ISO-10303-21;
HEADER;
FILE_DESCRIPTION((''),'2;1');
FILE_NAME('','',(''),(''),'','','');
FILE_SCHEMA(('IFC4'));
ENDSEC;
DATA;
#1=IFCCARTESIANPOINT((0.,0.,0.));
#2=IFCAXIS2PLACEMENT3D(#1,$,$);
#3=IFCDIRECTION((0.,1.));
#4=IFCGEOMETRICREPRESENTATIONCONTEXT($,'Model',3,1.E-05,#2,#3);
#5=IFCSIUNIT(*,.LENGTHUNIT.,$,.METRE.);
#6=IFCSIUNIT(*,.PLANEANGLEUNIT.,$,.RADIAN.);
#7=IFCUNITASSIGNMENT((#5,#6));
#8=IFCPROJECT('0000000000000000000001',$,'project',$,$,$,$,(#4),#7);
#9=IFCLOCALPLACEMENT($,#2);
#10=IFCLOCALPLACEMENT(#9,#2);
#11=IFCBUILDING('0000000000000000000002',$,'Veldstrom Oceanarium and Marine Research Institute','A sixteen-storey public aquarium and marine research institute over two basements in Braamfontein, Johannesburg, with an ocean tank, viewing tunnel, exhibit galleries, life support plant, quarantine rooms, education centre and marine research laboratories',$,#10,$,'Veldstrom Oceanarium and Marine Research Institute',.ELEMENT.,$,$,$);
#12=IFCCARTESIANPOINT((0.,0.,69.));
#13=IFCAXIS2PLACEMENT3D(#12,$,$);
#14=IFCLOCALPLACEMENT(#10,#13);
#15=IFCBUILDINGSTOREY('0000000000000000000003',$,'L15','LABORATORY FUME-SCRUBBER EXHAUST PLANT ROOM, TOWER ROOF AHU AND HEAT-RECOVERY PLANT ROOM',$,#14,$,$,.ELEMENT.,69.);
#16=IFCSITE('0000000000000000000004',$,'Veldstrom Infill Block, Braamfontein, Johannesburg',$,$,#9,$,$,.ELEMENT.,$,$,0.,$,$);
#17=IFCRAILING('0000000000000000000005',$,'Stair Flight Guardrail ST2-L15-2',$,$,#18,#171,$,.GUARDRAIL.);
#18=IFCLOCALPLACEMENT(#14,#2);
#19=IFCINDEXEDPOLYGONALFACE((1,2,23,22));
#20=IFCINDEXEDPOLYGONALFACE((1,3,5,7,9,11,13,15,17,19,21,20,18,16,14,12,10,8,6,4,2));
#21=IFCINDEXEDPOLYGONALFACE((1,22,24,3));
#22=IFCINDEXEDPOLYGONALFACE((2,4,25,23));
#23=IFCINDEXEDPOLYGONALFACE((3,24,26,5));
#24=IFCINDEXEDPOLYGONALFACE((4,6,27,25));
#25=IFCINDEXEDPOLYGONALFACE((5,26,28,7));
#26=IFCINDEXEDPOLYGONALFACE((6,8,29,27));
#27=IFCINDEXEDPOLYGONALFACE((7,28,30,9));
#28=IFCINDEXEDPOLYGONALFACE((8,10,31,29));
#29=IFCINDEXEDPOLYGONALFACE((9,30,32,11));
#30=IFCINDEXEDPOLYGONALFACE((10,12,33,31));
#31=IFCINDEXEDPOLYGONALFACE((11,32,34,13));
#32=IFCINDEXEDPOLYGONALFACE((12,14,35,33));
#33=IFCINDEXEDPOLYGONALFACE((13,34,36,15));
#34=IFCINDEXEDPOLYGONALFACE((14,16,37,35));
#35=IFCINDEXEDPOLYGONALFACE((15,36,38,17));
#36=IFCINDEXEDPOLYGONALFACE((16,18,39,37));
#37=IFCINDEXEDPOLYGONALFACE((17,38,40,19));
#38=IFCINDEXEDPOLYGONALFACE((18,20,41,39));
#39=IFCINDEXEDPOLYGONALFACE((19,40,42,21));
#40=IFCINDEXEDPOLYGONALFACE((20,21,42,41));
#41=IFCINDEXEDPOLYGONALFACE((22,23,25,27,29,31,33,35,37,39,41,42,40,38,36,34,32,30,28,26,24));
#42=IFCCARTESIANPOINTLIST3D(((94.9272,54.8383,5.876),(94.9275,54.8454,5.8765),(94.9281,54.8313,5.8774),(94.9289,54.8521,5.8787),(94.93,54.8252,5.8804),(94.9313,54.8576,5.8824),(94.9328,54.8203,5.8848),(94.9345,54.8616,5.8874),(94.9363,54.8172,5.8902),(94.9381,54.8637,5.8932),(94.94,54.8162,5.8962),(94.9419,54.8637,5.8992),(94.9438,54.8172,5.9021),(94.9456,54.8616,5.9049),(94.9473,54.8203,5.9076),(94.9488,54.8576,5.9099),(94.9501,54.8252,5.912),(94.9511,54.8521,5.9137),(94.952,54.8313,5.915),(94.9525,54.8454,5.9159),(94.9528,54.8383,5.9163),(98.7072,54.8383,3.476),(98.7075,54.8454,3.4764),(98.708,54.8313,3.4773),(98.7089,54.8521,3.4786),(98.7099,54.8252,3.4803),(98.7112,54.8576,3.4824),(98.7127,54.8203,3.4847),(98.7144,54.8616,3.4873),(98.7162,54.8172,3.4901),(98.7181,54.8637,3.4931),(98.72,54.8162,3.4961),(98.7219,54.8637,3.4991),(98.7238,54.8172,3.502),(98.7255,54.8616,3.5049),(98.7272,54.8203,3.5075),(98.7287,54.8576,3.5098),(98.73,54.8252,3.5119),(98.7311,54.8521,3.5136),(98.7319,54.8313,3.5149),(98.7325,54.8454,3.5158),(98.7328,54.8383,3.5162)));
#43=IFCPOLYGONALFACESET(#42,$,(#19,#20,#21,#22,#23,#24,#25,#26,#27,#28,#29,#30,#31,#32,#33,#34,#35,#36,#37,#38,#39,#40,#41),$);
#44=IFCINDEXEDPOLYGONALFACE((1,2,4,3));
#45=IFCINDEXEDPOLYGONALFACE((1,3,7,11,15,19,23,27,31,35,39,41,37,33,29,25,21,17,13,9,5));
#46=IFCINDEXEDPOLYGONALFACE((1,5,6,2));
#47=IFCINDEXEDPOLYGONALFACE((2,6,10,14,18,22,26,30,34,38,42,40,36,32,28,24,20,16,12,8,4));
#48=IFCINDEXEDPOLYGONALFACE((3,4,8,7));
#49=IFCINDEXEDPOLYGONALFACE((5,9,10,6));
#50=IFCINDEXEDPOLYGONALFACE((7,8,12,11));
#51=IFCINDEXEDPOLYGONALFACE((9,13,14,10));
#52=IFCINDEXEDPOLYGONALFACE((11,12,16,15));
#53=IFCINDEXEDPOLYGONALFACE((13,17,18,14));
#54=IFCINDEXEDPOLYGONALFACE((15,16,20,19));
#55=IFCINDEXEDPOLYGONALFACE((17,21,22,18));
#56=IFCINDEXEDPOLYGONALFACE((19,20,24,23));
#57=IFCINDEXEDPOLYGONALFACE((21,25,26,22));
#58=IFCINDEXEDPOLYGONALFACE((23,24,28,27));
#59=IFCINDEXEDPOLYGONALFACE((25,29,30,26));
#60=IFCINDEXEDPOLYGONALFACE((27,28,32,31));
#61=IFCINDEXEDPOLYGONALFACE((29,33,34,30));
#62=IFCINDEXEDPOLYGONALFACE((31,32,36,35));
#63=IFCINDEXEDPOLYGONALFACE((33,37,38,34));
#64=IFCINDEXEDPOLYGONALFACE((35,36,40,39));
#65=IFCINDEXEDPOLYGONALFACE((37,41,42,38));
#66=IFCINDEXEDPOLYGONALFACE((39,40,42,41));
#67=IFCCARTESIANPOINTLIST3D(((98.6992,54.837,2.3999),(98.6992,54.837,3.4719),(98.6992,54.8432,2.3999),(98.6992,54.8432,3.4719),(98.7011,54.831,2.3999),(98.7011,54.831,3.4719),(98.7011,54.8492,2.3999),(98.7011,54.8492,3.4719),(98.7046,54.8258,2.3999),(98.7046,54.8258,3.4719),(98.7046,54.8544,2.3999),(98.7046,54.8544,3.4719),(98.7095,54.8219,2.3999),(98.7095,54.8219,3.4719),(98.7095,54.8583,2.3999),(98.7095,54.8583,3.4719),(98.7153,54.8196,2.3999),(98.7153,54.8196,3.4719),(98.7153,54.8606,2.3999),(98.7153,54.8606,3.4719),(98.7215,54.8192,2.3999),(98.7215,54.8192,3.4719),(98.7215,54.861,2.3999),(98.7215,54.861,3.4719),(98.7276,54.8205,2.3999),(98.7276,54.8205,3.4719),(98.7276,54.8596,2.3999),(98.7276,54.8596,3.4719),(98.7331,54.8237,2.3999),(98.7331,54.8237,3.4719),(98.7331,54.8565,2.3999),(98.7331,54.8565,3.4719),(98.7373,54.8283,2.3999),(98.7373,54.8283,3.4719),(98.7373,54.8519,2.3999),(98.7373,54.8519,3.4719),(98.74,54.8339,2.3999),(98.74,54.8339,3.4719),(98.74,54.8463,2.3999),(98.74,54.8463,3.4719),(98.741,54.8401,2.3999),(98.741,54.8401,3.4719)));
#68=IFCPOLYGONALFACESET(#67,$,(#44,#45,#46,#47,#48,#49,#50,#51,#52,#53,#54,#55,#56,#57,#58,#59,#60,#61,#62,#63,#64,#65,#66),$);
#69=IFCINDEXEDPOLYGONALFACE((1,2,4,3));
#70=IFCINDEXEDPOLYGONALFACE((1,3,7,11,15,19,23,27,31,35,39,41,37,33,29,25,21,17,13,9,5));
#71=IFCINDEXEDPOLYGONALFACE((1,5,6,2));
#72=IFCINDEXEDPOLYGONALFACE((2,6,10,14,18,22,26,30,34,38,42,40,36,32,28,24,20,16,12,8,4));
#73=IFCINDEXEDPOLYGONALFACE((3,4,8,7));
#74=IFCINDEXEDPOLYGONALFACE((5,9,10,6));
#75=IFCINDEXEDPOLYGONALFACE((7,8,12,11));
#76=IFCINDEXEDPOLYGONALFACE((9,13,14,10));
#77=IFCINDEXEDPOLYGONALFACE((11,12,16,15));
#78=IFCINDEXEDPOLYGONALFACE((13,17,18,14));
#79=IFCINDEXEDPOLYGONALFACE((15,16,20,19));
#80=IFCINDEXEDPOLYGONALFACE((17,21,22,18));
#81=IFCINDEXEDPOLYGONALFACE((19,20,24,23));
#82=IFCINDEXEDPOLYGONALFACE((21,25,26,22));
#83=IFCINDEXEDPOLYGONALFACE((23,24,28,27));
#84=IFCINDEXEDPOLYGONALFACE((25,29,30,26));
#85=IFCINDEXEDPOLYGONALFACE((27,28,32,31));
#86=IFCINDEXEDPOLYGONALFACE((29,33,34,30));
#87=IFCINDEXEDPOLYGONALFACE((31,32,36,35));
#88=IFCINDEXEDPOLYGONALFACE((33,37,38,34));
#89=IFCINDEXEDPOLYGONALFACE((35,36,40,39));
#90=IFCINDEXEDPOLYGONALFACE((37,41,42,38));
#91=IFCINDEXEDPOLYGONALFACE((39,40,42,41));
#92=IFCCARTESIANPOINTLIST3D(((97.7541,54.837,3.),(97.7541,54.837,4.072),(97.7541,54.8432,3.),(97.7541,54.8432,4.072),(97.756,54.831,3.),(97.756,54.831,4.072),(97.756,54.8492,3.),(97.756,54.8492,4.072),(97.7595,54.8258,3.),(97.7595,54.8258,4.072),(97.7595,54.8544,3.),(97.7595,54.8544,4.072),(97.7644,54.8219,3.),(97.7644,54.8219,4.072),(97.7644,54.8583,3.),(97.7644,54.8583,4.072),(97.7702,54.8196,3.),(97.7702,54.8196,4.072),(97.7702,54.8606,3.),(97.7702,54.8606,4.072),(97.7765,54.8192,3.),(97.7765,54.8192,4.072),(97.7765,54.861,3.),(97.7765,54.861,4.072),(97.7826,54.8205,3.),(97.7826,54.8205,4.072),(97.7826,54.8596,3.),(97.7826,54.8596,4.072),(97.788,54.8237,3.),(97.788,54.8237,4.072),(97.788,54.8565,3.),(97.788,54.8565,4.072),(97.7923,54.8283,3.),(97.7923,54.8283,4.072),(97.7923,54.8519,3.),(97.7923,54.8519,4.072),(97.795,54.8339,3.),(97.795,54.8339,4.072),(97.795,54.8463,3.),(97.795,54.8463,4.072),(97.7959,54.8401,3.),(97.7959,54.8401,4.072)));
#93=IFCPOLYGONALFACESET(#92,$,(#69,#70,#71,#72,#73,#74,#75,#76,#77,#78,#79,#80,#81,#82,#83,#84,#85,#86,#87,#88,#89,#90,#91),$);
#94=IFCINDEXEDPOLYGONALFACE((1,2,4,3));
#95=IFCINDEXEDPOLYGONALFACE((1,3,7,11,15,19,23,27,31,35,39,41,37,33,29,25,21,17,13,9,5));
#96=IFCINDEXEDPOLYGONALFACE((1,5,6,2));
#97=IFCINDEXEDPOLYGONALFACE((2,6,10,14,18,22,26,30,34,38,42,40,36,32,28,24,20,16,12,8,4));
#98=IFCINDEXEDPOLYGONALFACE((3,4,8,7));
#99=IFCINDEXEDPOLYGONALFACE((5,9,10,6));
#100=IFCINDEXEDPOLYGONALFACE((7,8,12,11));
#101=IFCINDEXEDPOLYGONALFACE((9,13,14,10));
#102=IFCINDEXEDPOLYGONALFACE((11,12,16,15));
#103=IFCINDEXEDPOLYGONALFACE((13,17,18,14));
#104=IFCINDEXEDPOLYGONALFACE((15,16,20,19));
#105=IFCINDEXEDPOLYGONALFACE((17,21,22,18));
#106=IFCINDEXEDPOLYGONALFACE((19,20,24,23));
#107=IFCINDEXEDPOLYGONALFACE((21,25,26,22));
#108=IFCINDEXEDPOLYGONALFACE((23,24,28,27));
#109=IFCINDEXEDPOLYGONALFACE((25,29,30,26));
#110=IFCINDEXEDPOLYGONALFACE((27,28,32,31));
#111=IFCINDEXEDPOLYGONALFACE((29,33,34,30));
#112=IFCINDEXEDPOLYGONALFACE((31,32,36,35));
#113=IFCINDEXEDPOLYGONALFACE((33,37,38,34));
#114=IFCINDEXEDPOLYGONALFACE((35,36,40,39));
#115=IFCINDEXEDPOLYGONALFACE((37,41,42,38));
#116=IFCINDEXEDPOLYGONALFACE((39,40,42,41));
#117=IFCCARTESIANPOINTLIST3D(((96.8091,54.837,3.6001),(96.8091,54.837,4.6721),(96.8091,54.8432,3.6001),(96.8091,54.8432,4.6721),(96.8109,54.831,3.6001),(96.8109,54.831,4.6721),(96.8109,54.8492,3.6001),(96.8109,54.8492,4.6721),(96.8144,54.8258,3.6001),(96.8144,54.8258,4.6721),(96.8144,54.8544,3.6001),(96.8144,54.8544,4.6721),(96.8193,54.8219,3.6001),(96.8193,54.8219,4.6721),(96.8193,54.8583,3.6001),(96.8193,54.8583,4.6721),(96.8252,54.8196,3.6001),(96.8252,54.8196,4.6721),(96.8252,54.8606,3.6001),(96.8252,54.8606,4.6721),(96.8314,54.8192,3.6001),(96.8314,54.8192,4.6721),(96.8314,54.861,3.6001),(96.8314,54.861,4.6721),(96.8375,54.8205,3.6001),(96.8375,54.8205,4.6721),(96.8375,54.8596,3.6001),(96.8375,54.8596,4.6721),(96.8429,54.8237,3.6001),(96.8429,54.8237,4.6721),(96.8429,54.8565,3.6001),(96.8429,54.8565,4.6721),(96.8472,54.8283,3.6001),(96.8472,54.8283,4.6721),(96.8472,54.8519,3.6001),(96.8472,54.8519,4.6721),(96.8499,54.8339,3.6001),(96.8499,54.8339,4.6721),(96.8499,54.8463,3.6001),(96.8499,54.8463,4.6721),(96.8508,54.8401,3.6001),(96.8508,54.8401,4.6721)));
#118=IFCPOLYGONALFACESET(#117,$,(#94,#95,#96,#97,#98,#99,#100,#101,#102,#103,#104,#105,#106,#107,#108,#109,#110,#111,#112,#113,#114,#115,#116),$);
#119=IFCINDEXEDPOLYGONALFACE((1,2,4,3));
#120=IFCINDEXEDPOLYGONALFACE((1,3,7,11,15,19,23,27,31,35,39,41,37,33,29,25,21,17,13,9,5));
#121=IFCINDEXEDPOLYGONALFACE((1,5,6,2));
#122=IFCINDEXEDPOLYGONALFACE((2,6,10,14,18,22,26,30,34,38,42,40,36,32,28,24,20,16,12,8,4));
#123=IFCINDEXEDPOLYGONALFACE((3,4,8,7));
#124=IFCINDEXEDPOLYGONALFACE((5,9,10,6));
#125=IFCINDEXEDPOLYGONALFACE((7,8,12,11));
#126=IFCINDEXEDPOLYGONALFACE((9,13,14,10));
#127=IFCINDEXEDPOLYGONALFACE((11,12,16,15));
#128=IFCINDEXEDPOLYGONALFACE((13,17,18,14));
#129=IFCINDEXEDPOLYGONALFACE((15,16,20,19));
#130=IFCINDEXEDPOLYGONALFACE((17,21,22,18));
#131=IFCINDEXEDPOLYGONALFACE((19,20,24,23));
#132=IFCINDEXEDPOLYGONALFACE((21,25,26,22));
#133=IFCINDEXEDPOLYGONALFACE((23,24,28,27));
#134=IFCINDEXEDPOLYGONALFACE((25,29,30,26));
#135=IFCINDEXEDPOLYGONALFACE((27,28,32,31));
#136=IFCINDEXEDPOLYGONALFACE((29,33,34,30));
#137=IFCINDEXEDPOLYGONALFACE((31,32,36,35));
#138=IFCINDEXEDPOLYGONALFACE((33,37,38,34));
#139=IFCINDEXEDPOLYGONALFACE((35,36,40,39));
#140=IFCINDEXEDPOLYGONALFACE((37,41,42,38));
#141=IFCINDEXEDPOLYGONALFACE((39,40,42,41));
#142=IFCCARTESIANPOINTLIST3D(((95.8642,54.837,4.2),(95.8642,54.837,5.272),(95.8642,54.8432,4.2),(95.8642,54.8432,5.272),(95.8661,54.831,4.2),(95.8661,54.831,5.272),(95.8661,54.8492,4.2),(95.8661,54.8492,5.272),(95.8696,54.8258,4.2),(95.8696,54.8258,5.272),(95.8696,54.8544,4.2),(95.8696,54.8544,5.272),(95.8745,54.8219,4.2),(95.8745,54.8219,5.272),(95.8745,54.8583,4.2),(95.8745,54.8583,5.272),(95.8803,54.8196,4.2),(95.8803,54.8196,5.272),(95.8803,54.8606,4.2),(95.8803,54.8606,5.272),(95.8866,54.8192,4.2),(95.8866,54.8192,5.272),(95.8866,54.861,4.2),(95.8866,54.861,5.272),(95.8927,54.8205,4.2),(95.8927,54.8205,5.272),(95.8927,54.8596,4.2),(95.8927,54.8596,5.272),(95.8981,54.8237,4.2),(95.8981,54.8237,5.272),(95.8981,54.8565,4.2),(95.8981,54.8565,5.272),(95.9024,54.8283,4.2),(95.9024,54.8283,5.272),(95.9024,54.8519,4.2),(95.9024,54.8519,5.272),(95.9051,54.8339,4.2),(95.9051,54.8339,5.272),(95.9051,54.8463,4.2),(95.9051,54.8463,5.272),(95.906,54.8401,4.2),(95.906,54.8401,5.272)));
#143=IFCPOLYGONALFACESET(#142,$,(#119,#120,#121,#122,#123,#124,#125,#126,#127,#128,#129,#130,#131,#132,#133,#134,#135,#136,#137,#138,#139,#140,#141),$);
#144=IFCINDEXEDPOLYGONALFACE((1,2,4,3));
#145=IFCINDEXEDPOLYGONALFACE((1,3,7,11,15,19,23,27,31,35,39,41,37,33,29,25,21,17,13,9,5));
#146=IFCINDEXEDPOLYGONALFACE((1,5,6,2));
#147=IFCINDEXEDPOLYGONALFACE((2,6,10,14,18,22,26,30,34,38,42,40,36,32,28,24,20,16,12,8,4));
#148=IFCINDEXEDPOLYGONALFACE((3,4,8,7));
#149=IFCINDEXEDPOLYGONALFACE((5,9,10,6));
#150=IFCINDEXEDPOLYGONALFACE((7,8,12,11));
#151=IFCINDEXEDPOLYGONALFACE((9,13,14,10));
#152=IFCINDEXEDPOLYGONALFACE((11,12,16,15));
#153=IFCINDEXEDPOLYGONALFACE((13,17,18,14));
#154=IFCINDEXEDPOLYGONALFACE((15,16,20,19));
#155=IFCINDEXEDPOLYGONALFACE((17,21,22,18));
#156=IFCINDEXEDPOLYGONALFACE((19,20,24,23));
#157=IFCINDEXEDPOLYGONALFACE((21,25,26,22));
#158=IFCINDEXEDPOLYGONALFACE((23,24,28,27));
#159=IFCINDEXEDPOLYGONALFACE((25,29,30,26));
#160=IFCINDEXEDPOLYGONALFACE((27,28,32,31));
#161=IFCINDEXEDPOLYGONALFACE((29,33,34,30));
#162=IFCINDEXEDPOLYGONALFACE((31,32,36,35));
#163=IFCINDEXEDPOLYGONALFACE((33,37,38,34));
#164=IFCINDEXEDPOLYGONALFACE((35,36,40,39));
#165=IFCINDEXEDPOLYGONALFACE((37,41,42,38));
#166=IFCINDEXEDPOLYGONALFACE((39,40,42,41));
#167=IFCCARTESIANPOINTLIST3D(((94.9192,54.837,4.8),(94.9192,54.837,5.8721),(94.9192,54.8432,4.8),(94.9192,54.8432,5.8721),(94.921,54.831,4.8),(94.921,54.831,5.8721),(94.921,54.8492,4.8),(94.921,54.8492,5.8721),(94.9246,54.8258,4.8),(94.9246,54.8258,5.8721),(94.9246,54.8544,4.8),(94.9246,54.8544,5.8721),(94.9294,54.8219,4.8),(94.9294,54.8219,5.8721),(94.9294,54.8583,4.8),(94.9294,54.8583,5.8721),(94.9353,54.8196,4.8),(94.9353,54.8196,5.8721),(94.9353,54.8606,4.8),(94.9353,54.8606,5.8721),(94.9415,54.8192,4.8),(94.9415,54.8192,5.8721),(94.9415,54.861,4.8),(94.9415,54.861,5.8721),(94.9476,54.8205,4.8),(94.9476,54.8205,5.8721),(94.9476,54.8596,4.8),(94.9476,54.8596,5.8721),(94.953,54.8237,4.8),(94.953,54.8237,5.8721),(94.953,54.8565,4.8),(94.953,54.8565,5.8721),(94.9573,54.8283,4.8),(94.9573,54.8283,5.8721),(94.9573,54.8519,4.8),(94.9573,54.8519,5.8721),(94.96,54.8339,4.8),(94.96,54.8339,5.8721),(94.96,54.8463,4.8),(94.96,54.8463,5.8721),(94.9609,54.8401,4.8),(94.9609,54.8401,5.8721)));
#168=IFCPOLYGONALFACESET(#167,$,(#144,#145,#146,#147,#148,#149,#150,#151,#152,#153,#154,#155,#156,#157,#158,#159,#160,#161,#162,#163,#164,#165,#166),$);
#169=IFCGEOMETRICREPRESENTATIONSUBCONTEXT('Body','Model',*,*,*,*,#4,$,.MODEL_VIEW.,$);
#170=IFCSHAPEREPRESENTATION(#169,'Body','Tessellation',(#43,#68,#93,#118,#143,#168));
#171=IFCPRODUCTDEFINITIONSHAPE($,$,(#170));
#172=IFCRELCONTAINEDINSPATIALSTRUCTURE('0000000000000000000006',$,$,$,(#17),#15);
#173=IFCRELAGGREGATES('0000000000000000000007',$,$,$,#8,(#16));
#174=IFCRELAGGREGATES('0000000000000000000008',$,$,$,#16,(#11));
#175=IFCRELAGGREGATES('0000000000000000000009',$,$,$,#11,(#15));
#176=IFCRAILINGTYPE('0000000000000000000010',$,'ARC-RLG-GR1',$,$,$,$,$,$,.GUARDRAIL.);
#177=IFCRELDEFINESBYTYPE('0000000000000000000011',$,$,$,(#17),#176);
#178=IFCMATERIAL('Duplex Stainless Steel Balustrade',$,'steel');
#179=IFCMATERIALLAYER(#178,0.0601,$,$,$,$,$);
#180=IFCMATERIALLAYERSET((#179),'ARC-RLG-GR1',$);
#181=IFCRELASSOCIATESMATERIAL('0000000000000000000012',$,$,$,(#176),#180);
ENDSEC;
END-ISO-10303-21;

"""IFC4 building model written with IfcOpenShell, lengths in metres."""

from ifc_helpers import new_model, si_unit, direction, frame, origin, origin_2d, place, context, subcontext, project, spatial, circle, extrude, material, layer, layer_set, type_object, element, save


model = new_model("IFC4")

# Units and contexts
model_context = context("Model", 3, precision=1e-05, world=origin(), true_north=direction((0.0, 1.0)))
body_context = subcontext(model_context, "Body", "Model", "MODEL_VIEW")
ifc_project = project(units=[si_unit("LENGTHUNIT", "METRE"), si_unit("PLANEANGLEUNIT", "RADIAN")], contexts=[model_context])

# Site, building, storey
site_placement = place(None, origin())
site = spatial("IfcSite", under=ifc_project, at=site_placement, Name="Veldstrom Infill Block, Braamfontein, Johannesburg", CompositionType="ELEMENT", RefElevation=0.0)
building_placement = place(site_placement, origin())
building = spatial("IfcBuilding", under=site, at=building_placement, Name="Veldstrom Oceanarium and Marine Research Institute", Description="A sixteen-storey public aquarium and marine research institute over two basements in Braamfontein, Johannesburg, with an ocean tank, viewing tunnel, exhibit galleries, life support plant, quarantine rooms, education centre and marine research laboratories", LongName="Veldstrom Oceanarium and Marine Research Institute", CompositionType="ELEMENT")
storey_placement = place(building_placement, frame((0.0, 0.0, 69.0)))
storey = spatial("IfcBuildingStorey", under=building, at=storey_placement, Name="L15", Description="LABORATORY FUME-SCRUBBER EXHAUST PLANT ROOM, TOWER ROOF AHU AND HEAT-RECOVERY PLANT ROOM", CompositionType="ELEMENT", Elevation=69.0)

# Railing
ifc_material_1 = material(Name="Duplex Stainless Steel Balustrade", Category="steel")
ifc_layer_1 = layer(ifc_material_1, 0.0601)
ifc_layer_set_1 = layer_set([ifc_layer_1], Name="ARC-RLG-GR1")
railing_type_1 = type_object("IfcRailingType", Name="ARC-RLG-GR1", PredefinedType="GUARDRAIL", material=ifc_layer_set_1)
railing_1_placement = place(storey_placement, frame((98.72, 54.8401, 2.3999)))
element("IfcRailing", 1, at=railing_1_placement, inside=storey, type_object=railing_type_1, Name="Stair Flight Guardrail ST2-L15-2", PredefinedType="GUARDRAIL", context=body_context, shape_type="SweptSolid", body=[
    extrude(circle(Radius=0.0239, at=origin_2d()), frame((0.0, 0.0, 1.0962), z_axis=(-0.8442, 0.0, 0.536028), x_axis=(0.0, -1.0, 0.0)), (0.0, 0.0, 1.0), 4.4775),
    extrude(circle(Radius=0.021, at=origin_2d()), origin(), (0.0, 0.0, 1.0), 1.072),
    extrude(circle(Radius=0.021, at=origin_2d()), frame((-0.9451, 0.0, 0.6001)), (0.0, 0.0, 1.0), 1.072),
    extrude(circle(Radius=0.021, at=origin_2d()), frame((-1.8901, 0.0, 1.2002)), (0.0, 0.0, 1.0), 1.072),
    extrude(circle(Radius=0.021, at=origin_2d()), frame((-2.835, 0.0, 1.8)), (0.0, 0.0, 1.0), 1.072),
    extrude(circle(Radius=0.021, at=origin_2d()), frame((-3.78, 0.0, 2.4001)), (0.0, 0.0, 1.0), 1.072),
])

save(model, "model.ifc")
